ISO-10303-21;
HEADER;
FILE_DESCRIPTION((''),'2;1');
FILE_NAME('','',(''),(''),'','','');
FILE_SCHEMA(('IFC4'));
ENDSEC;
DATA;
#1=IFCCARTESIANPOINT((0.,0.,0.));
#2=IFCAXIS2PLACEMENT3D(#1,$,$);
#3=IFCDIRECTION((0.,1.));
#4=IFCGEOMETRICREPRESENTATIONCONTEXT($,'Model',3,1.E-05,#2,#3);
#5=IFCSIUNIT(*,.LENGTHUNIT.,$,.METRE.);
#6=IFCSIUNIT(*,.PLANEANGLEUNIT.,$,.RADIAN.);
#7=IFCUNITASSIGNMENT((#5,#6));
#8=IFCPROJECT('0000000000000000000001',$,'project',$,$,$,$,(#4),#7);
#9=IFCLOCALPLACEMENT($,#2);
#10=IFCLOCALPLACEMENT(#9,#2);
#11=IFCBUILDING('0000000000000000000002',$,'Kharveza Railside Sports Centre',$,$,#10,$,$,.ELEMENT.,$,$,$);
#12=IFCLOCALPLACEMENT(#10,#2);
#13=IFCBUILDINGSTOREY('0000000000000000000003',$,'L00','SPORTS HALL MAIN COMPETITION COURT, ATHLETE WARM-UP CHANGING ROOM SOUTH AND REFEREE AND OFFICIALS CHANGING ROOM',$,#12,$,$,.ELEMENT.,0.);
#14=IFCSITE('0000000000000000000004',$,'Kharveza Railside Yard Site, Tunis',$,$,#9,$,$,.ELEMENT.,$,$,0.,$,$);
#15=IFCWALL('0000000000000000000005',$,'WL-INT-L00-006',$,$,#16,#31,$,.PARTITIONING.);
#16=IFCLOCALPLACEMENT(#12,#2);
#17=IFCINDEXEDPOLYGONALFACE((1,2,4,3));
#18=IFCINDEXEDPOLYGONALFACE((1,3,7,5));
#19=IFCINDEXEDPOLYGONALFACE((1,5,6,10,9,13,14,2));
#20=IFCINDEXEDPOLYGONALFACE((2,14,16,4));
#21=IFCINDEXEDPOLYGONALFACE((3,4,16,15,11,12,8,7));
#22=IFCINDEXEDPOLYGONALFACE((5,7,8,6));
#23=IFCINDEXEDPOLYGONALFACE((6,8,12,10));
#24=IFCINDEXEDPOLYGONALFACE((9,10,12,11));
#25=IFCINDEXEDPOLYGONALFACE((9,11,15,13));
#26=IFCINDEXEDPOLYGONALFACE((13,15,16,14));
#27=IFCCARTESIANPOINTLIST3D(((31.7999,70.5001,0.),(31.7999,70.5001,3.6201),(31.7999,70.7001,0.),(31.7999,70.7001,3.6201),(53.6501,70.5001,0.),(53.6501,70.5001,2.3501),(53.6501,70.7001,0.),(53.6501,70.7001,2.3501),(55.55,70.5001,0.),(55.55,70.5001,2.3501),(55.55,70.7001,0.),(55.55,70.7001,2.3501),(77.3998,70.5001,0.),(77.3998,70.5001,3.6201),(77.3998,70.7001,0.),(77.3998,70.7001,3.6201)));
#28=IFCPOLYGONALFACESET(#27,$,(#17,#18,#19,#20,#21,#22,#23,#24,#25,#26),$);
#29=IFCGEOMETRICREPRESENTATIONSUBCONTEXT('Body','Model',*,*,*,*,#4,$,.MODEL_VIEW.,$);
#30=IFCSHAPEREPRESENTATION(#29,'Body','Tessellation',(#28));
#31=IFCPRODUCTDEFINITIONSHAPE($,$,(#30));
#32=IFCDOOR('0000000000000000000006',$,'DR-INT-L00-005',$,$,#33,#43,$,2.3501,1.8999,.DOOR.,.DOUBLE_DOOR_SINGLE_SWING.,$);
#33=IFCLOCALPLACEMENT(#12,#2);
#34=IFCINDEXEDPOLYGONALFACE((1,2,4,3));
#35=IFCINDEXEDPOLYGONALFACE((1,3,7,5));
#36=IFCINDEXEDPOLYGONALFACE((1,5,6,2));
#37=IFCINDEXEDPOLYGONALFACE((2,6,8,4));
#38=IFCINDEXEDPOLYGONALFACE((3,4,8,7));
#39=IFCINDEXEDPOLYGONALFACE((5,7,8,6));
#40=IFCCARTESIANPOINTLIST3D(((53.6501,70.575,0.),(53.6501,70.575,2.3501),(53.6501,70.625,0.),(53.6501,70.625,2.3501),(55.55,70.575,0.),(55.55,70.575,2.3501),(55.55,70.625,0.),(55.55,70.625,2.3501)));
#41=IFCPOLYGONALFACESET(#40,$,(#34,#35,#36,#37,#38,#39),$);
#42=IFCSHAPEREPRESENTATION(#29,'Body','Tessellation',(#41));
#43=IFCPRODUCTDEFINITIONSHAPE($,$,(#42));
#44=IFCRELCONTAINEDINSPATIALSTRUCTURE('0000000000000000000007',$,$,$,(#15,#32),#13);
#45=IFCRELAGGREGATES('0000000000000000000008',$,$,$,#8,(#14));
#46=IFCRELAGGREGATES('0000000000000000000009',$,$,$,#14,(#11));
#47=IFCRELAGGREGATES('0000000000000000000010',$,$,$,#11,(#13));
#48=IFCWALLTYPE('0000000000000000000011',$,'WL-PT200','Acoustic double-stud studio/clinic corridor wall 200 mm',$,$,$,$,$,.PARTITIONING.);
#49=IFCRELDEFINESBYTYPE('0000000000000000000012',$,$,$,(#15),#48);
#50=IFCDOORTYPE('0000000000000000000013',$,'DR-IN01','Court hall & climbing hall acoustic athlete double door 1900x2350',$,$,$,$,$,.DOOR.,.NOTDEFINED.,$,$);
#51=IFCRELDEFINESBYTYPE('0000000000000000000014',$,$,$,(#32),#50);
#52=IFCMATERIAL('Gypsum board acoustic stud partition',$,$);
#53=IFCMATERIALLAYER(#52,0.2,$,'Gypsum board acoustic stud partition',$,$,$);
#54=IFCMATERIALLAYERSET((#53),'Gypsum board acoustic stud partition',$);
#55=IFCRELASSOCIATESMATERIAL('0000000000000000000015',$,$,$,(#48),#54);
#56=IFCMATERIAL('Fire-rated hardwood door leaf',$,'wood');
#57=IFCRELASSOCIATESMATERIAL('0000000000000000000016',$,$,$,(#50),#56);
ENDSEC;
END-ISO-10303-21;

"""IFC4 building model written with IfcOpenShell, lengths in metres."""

from ifc_helpers import new_model, si_unit, direction, frame, frame_2d, origin, place, context, subcontext, project, spatial, rectangle, extrude, material, layer, layer_set, type_object, element, fill, save


model = new_model("IFC4")

# Units and contexts
model_context = context("Model", 3, precision=1e-05, world=origin(), true_north=direction((0.0, 1.0)))
body_context = subcontext(model_context, "Body", "Model", "MODEL_VIEW")
ifc_project = project(units=[si_unit("LENGTHUNIT", "METRE"), si_unit("PLANEANGLEUNIT", "RADIAN")], contexts=[model_context])

# Site, building, storey
site_placement = place(None, origin())
site = spatial("IfcSite", under=ifc_project, at=site_placement, Name="Kharveza Railside Yard Site, Tunis", CompositionType="ELEMENT", RefElevation=0.0)
building_placement = place(site_placement, origin())
building = spatial("IfcBuilding", under=site, at=building_placement, Name="Kharveza Railside Sports Centre", CompositionType="ELEMENT")
storey_placement = place(building_placement, origin())
storey = spatial("IfcBuildingStorey", under=building, at=storey_placement, Name="L00", Description="SPORTS HALL MAIN COMPETITION COURT, ATHLETE WARM-UP CHANGING ROOM SOUTH AND REFEREE AND OFFICIALS CHANGING ROOM", CompositionType="ELEMENT", Elevation=0.0)

# Wall, opening, door
ifc_material_1 = material(Name="Gypsum board acoustic stud partition")
ifc_layer_1 = layer(ifc_material_1, 0.2, Name="Gypsum board acoustic stud partition")
ifc_layer_set_1 = layer_set([ifc_layer_1], Name="Gypsum board acoustic stud partition")
wall_type_1 = type_object("IfcWallType", Name="WL-PT200", Description="Acoustic double-stud studio/clinic corridor wall 200 mm", PredefinedType="PARTITIONING", material=ifc_layer_set_1)
wall_1_placement = place(storey_placement, frame((31.8, 70.6001, 0.0), z_axis=(0.0, 0.0, 1.0), x_axis=(1.0, 0.0, 0.0)))
wall_1 = element("IfcWall", 1, at=wall_1_placement, inside=storey, type_object=wall_type_1, Name="WL-INT-L00-006", PredefinedType="PARTITIONING", context=body_context, shape_type="SweptSolid", body=[
    extrude(rectangle(XDim=45.5999, YDim=0.2, at=frame_2d((22.7998, 0.0))), origin(), (0.0, 0.0, 1.0), 3.6201),
])
opening_placement = place(wall_1_placement, frame((21.8501, 0.0, 0.0)))
opening = element("IfcOpeningElement", 2, at=opening_placement, cuts=wall_1, PredefinedType="OPENING", context=body_context, shape_type="SweptSolid", body=[
    extrude(rectangle(XDim=1.8999, YDim=2.3501, at=frame_2d((0.95, 1.175))), frame((0.0, 0.125, 0.0), z_axis=(0.0, -1.0, 0.0), x_axis=(1.0, 0.0, 0.0)), (0.0, 0.0, 1.0), 0.2498),
])
ifc_material_2 = material(Name="Fire-rated hardwood door leaf", Category="wood")
door_type = type_object("IfcDoorType", Name="DR-IN01", Description="Court hall & climbing hall acoustic athlete double door 1900x2350", OperationType="NOTDEFINED", PredefinedType="DOOR", material=ifc_material_2)
door_placement = place(opening_placement, origin())
door = element("IfcDoor", 3, at=door_placement, inside=storey, type_object=door_type, Name="DR-INT-L00-005", OperationType="DOUBLE_DOOR_SINGLE_SWING", OverallHeight=2.3501, OverallWidth=1.8999, PredefinedType="DOOR", context=body_context, shape_type="SweptSolid", body=[
    extrude(rectangle(XDim=1.8999, YDim=2.3501, at=frame_2d((0.95, 1.175))), frame((0.0, 0.0249, 0.0), z_axis=(0.0, -1.0, 0.0), x_axis=(1.0, 0.0, 0.0)), (0.0, 0.0, 1.0), 0.05),
])
fill(opening, door)

save(model, "model.ifc")
